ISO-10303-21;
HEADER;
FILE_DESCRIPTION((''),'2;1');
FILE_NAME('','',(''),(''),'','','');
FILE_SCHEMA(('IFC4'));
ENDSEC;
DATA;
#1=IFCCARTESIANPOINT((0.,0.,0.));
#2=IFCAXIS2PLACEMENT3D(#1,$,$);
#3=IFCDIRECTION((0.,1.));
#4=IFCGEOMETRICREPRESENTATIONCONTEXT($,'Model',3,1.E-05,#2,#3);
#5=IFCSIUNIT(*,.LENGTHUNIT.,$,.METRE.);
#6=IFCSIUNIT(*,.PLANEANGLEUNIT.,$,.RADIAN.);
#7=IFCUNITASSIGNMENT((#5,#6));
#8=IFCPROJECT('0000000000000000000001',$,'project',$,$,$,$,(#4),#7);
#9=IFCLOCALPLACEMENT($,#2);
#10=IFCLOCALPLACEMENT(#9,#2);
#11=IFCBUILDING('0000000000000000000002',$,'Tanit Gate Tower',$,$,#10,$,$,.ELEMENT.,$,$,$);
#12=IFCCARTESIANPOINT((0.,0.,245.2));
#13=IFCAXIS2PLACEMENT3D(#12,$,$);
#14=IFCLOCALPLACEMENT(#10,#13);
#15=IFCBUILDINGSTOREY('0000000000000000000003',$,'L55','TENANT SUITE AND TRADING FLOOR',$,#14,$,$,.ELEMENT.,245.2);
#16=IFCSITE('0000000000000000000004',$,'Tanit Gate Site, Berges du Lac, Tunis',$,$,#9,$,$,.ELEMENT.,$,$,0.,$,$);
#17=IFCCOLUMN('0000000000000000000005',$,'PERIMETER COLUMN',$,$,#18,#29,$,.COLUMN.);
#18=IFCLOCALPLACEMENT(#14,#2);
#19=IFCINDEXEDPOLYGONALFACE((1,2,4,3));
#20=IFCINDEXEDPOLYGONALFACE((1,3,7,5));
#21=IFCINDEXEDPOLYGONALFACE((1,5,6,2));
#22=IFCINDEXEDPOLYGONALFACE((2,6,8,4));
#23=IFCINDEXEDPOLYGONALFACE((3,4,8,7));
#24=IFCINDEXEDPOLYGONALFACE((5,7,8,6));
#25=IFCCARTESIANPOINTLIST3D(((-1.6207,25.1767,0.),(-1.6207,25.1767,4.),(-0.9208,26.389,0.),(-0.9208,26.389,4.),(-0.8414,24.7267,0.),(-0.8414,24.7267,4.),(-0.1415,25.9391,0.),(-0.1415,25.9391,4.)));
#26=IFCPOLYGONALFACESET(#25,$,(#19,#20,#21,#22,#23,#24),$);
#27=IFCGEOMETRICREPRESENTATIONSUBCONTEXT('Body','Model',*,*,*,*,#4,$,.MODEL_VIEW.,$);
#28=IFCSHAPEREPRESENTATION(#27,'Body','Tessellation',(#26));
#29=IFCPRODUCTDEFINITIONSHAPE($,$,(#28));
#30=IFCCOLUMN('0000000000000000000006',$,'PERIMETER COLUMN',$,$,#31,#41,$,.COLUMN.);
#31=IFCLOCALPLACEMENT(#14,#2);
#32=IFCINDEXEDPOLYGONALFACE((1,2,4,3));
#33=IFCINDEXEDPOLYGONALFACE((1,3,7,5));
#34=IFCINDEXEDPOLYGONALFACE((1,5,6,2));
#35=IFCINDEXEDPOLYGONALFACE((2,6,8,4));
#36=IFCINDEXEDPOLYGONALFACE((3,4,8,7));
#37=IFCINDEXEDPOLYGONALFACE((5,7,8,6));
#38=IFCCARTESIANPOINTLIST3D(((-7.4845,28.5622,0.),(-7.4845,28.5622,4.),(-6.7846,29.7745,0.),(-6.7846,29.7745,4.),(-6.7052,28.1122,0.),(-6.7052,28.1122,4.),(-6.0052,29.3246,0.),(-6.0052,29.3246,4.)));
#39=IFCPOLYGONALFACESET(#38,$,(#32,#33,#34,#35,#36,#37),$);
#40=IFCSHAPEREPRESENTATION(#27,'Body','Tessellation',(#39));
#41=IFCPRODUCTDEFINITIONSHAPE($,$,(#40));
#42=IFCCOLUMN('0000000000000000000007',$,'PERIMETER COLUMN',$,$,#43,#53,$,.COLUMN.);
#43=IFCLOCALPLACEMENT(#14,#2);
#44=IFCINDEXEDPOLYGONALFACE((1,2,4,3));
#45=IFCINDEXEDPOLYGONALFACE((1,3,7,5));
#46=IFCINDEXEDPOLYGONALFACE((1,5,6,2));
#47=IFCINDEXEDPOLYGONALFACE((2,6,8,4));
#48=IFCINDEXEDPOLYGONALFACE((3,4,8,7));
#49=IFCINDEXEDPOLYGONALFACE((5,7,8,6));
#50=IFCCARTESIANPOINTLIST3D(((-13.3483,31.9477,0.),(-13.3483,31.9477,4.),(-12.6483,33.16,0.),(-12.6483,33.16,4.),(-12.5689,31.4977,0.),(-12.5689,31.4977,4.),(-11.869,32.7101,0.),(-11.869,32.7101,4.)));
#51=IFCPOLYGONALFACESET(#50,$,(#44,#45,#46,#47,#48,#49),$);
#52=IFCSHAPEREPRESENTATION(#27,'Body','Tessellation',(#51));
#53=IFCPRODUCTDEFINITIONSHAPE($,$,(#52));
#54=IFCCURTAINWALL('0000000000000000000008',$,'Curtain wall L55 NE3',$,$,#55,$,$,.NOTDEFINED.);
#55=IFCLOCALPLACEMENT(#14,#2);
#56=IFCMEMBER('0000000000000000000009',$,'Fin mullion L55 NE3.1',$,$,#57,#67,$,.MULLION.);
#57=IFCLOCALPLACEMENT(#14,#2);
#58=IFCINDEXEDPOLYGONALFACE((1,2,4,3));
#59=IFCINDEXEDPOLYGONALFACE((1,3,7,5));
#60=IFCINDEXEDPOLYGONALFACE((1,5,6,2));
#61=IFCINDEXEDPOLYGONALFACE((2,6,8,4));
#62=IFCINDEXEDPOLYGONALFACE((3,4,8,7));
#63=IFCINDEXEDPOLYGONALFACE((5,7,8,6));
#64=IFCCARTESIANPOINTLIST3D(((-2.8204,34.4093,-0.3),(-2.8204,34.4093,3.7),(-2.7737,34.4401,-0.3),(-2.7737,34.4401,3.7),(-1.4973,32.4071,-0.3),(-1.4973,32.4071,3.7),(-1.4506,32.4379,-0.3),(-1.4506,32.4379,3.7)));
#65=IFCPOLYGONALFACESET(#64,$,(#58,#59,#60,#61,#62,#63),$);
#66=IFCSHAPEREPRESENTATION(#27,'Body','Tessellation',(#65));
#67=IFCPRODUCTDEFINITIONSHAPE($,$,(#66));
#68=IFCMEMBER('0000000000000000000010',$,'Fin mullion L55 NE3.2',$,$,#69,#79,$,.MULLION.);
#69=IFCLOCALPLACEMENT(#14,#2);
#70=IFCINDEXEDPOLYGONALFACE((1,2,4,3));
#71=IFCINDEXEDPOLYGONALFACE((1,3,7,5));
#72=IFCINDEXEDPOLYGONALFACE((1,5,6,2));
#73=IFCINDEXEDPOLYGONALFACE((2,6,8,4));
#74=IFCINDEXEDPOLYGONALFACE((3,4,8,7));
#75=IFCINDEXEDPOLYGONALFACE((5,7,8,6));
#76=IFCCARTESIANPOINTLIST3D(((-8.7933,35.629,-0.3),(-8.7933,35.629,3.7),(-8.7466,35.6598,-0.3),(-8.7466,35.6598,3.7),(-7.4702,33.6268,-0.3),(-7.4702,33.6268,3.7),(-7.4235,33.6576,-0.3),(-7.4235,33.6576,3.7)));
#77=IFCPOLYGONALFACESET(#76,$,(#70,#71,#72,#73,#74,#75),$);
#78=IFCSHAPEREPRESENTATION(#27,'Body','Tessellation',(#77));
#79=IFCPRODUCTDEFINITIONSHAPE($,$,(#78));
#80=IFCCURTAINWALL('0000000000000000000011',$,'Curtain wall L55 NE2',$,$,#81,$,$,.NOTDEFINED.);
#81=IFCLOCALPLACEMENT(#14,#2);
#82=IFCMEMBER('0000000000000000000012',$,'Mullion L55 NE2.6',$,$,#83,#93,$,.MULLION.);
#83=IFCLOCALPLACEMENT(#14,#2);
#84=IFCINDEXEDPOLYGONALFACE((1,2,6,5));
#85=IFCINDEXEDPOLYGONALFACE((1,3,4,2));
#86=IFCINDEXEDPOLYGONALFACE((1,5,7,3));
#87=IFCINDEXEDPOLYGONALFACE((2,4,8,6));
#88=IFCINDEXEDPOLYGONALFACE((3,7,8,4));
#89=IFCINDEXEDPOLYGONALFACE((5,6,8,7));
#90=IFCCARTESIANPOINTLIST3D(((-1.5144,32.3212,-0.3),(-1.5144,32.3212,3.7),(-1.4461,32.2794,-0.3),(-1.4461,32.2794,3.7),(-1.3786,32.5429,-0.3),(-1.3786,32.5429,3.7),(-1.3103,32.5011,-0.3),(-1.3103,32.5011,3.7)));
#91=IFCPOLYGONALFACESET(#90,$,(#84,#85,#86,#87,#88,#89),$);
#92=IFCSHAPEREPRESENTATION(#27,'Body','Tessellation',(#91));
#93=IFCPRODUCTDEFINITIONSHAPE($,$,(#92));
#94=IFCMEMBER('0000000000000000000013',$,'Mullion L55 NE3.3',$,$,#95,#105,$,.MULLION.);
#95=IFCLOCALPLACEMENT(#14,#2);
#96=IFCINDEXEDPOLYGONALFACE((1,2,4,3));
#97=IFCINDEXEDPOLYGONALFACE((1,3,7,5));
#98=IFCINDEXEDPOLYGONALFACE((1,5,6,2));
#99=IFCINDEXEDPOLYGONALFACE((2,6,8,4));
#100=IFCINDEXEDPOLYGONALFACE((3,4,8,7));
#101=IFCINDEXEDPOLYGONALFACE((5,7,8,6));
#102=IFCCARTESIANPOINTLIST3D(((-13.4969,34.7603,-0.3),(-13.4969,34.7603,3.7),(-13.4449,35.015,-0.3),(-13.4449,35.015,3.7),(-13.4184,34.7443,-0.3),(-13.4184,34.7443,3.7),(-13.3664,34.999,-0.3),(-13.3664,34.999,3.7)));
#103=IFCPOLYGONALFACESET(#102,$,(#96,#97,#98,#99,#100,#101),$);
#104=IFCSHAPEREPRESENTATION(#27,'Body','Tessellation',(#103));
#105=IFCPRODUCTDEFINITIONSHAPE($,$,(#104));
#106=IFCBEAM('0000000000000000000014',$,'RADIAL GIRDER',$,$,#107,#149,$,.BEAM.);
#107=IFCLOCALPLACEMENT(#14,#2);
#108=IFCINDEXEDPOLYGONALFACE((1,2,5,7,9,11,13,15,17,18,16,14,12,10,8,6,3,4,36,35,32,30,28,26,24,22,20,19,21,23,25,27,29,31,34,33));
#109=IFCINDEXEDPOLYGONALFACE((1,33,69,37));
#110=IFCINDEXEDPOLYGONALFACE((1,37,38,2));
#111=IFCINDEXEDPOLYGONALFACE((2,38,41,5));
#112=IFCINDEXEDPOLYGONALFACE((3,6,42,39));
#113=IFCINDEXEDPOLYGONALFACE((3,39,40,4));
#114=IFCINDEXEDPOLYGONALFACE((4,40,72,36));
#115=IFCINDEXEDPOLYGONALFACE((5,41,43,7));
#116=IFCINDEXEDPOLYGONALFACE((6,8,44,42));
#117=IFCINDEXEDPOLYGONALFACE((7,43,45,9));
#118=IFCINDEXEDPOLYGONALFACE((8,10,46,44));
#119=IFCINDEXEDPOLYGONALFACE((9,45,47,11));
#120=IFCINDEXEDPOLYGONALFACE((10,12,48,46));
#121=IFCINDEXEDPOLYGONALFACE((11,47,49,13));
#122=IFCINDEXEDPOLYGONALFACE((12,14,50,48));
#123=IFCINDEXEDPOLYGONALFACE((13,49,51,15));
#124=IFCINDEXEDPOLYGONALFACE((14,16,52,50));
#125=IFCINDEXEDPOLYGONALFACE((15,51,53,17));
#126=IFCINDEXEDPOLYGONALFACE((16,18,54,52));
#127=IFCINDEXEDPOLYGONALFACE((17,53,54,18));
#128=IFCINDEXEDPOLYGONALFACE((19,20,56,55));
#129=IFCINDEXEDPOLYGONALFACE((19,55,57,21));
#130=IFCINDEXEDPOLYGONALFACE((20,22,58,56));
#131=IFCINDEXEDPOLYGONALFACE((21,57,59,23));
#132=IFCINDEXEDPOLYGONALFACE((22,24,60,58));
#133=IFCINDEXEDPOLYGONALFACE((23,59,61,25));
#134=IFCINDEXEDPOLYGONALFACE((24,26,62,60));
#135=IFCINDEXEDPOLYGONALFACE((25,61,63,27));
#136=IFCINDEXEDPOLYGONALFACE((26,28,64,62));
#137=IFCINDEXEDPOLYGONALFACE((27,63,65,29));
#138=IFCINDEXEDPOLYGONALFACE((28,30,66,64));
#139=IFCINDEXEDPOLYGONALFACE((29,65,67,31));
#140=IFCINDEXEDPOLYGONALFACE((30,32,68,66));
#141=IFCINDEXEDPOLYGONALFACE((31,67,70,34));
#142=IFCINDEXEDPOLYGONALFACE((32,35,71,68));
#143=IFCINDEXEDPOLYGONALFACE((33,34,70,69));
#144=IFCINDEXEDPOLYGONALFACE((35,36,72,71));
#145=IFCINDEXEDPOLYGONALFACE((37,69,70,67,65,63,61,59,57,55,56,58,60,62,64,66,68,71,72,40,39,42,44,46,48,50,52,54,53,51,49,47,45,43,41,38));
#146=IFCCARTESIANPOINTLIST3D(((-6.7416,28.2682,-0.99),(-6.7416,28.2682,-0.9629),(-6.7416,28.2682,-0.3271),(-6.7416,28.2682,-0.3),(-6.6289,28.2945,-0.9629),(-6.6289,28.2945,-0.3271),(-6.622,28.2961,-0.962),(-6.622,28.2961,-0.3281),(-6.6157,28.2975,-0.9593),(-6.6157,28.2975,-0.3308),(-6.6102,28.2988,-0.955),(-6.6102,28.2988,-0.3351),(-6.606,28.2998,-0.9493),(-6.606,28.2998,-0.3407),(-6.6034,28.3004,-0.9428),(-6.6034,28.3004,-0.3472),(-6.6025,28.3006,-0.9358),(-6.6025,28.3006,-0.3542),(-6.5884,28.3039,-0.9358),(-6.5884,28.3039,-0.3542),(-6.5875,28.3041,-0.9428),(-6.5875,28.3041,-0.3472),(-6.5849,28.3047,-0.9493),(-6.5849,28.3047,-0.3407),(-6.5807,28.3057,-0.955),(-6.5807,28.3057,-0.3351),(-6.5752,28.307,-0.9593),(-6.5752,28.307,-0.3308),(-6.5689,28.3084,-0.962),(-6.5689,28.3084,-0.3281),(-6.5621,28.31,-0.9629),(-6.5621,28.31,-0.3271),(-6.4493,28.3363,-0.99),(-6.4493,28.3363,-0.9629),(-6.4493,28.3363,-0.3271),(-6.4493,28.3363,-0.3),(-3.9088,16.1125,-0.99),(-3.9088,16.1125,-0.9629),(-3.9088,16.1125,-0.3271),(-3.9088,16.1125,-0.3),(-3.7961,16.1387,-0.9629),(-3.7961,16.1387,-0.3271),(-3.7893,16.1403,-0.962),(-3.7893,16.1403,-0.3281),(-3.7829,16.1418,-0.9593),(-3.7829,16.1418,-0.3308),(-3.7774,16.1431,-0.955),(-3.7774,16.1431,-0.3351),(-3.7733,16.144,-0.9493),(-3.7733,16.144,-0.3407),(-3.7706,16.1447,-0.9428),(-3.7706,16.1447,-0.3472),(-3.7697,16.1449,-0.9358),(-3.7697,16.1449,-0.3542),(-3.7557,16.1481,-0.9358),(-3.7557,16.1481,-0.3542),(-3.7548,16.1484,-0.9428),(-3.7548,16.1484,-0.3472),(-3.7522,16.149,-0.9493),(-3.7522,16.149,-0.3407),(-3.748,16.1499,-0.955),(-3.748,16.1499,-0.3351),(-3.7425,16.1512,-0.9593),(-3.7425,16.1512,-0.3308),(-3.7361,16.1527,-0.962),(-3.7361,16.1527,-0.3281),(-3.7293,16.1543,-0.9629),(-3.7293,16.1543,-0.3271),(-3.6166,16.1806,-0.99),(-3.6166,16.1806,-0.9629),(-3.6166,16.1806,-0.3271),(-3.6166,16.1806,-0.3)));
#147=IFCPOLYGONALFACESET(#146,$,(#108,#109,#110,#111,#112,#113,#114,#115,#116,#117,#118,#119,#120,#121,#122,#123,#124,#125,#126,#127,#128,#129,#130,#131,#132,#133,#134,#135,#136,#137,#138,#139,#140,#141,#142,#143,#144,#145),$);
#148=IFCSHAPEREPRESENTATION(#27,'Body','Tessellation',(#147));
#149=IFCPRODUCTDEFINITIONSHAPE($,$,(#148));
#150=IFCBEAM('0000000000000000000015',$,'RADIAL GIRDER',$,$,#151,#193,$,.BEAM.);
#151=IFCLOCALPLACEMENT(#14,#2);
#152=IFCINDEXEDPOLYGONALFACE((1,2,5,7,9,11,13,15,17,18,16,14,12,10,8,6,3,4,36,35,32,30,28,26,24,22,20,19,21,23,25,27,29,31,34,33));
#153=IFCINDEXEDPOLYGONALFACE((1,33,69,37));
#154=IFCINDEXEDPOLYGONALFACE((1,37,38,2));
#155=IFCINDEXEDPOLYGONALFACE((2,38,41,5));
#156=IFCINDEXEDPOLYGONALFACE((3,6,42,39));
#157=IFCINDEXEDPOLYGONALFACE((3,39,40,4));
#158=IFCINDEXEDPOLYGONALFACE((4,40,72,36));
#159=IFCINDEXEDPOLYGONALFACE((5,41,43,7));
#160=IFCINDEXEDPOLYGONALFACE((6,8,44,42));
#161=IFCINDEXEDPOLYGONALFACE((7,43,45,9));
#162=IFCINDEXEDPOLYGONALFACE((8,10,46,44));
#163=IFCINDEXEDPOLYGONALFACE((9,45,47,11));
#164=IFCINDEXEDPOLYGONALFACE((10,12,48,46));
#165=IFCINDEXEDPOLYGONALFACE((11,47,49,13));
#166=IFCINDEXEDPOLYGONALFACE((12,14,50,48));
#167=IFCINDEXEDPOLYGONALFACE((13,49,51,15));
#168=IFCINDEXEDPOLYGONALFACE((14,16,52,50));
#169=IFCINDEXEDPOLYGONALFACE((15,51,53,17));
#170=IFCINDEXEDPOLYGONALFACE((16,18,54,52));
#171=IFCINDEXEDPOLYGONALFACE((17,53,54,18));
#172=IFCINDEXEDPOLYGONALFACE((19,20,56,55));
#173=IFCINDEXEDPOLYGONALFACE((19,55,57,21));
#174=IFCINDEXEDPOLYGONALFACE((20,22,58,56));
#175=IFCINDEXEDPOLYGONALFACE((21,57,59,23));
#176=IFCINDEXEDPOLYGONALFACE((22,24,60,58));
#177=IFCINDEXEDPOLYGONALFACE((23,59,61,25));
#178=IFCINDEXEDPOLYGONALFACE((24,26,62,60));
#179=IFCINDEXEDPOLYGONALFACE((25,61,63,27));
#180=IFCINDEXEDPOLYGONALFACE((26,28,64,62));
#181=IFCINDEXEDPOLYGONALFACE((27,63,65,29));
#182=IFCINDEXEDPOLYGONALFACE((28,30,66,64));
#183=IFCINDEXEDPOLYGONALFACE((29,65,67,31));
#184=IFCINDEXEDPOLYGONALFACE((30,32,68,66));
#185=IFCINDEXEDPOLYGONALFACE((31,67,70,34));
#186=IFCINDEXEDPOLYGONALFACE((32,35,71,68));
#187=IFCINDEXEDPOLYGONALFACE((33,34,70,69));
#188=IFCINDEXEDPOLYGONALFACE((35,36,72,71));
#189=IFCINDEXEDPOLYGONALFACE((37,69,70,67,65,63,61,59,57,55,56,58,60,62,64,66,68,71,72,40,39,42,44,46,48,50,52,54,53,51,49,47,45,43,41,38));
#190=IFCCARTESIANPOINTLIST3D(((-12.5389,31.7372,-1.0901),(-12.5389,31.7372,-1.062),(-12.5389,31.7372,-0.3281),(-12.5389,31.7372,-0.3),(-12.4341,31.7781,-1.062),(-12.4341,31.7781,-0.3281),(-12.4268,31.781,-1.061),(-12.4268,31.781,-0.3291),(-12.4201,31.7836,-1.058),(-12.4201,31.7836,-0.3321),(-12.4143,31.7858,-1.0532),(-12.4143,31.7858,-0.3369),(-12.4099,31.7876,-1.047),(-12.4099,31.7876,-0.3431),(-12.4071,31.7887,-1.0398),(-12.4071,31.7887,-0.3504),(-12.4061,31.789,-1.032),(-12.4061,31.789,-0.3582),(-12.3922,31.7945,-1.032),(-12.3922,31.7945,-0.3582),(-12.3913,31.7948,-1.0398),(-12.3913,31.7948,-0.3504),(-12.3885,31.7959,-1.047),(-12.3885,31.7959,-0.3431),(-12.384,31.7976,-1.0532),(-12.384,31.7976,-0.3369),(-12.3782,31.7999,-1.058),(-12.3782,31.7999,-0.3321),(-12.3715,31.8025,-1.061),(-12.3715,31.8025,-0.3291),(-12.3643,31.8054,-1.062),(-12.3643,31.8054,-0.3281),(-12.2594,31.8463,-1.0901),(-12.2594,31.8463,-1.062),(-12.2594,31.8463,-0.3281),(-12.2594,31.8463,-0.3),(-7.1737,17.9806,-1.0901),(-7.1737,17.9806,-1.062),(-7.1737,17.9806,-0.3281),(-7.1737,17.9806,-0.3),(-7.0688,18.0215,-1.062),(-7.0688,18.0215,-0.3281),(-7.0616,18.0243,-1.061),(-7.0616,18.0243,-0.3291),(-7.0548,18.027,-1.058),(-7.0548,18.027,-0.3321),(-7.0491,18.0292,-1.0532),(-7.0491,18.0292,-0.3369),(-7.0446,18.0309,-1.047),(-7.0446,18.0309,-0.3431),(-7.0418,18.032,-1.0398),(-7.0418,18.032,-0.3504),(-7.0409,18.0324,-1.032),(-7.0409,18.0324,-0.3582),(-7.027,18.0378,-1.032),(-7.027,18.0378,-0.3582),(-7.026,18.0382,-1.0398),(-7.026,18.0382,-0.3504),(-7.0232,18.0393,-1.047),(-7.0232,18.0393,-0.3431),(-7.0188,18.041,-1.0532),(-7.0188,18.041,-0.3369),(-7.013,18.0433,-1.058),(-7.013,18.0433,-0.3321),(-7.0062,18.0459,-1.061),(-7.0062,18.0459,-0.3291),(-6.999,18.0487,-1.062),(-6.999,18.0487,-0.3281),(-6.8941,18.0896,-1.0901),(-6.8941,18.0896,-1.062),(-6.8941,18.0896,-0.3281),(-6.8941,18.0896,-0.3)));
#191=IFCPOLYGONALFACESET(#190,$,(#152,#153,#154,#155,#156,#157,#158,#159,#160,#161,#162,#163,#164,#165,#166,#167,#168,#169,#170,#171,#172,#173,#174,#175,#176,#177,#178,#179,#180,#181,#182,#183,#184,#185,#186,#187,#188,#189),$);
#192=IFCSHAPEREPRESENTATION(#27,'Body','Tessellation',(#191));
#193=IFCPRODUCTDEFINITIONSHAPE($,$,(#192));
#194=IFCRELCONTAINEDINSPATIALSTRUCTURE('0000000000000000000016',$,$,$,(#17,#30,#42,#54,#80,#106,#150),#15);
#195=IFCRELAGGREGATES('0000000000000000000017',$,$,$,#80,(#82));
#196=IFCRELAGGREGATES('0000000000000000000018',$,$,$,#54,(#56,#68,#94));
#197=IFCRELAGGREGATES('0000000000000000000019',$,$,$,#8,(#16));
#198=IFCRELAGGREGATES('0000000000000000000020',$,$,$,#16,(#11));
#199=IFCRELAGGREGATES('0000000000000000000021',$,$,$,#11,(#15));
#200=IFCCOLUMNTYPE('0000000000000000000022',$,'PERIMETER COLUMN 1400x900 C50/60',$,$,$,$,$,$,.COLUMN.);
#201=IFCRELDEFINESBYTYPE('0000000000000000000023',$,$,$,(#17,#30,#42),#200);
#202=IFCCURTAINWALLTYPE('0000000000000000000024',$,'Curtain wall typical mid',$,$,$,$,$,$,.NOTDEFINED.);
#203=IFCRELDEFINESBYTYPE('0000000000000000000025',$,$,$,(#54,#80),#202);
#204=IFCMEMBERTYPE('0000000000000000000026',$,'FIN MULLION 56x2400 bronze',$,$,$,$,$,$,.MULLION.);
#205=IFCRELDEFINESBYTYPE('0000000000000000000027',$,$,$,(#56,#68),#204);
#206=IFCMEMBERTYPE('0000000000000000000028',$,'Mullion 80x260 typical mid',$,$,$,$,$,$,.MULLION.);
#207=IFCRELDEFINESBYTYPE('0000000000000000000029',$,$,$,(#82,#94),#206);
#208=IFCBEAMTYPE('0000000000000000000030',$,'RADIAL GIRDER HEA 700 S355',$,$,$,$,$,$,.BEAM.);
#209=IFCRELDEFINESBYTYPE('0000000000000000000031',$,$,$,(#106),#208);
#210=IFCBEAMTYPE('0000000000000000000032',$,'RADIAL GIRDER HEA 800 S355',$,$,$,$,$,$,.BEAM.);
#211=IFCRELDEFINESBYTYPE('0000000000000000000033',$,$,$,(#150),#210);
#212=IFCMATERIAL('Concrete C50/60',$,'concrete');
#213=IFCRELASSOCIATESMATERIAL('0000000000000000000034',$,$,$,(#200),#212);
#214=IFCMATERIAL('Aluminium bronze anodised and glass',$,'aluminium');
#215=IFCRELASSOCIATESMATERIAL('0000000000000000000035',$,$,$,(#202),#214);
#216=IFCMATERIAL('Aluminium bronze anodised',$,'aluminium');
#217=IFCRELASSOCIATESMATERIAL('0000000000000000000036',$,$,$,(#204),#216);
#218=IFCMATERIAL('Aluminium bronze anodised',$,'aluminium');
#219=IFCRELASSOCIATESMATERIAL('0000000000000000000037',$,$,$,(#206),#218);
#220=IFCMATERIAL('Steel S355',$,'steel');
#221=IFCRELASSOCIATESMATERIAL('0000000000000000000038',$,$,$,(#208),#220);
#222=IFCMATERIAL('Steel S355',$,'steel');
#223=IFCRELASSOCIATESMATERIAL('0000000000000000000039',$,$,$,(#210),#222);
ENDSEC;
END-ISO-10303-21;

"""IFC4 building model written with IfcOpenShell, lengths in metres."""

from ifc_helpers import new_model, si_unit, direction, frame, origin, origin_2d, place, context, subcontext, project, spatial, rectangle, i_section, extrude, material, material_profile, profile_set, type_object, element, aggregate, save


model = new_model("IFC4")

# Units and contexts
model_context = context("Model", 3, precision=1e-05, world=origin(), true_north=direction((0.0, 1.0)))
body_context = subcontext(model_context, "Body", "Model", "MODEL_VIEW")
ifc_project = project(units=[si_unit("LENGTHUNIT", "METRE"), si_unit("PLANEANGLEUNIT", "RADIAN")], contexts=[model_context])

# Site, building, storey
site_placement = place(None, origin())
site = spatial("IfcSite", under=ifc_project, at=site_placement, Name="Tanit Gate Site, Berges du Lac, Tunis", CompositionType="ELEMENT", RefElevation=0.0)
building_placement = place(site_placement, origin())
building = spatial("IfcBuilding", under=site, at=building_placement, Name="Tanit Gate Tower", CompositionType="ELEMENT")
storey_placement = place(building_placement, frame((0.0, 0.0, 245.2)))
storey = spatial("IfcBuildingStorey", under=building, at=storey_placement, Name="L55", Description="TENANT SUITE AND TRADING FLOOR", CompositionType="ELEMENT", Elevation=245.2)

# Columns
ifc_material_1 = material(Name="Concrete C50/60", Category="concrete")
ifc_material_profile_1 = material_profile(ifc_material_1, rectangle(XDim=1.3999, YDim=0.8999, at=origin_2d()), Name="RC 1400x900")
ifc_profile_set_1 = profile_set([ifc_material_profile_1], Name="Concrete C50/60")
column_type = type_object("IfcColumnType", Name="PERIMETER COLUMN 1400x900 C50/60", PredefinedType="COLUMN", material=ifc_profile_set_1)
for number, where, z_axis, x_axis, name in (
    (1, (-0.8811, 25.5579, 0.0), (0.0, 0.0, 1.0), (0.5, 0.866025, 0.0), "PERIMETER COLUMN"),
    (2, (-6.7449, 28.9434, 0.0), (0.0, 0.0, 1.0), (0.5, 0.866025, 0.0), "PERIMETER COLUMN"),
    (3, (-12.6086, 32.3289, 0.0), (0.0, 0.0, 1.0), (0.5, 0.866025, 0.0), "PERIMETER COLUMN"),
):
    element("IfcColumn", number, at=place(storey_placement, frame(where, z_axis=z_axis, x_axis=x_axis)), inside=storey, type_object=column_type, Name=name, PredefinedType="COLUMN", context=body_context, shape_type="SweptSolid", body=[
        extrude(rectangle(XDim=1.3999, YDim=0.8999, at=origin_2d()), origin(), (0.0, 0.0, 1.0), 4.0),
    ])

# Curtain wall, members
ifc_material_2 = material(Name="Aluminium bronze anodised and glass", Category="aluminium")
curtain_wall_type = type_object("IfcCurtainWallType", Name="Curtain wall typical mid", PredefinedType="NOTDEFINED", material=ifc_material_2)
curtain_wall_1_placement = place(storey_placement, origin())
curtain_wall_1 = element("IfcCurtainWall", 4, at=curtain_wall_1_placement, inside=storey, type_object=curtain_wall_type, Name="Curtain wall L55 NE3", PredefinedType="NOTDEFINED")
ifc_material_3 = material(Name="Aluminium bronze anodised", Category="aluminium")
ifc_material_profile_2 = material_profile(ifc_material_3, rectangle(XDim=2.3999, YDim=0.0559, at=origin_2d()), Name="56x2400 bronze fin mullion")
ifc_profile_set_2 = profile_set([ifc_material_profile_2], Name="Aluminium bronze anodised")
member_type_1 = type_object("IfcMemberType", Name="FIN MULLION 56x2400 bronze", PredefinedType="MULLION", material=ifc_profile_set_2)
member_1_placement = place(storey_placement, frame((-2.1355, 33.4236, -0.3), z_axis=(0.0, 0.0, 1.0), x_axis=(0.551315, -0.834297, 0.0)))
member_1 = element("IfcMember", 5, at=member_1_placement, type_object=member_type_1, Name="Fin mullion L55 NE3.1", PredefinedType="MULLION", context=body_context, shape_type="SweptSolid", body=[
    extrude(rectangle(XDim=2.3999, YDim=0.0559, at=origin_2d()), origin(), (0.0, 0.0, 1.0), 4.0),
])
member_2_placement = place(storey_placement, frame((-8.1084, 34.6433, -0.3), z_axis=(0.0, 0.0, 1.0), x_axis=(0.551315, -0.834297, 0.0)))
member_2 = element("IfcMember", 6, at=member_2_placement, type_object=member_type_1, Name="Fin mullion L55 NE3.2", PredefinedType="MULLION", context=body_context, shape_type="SweptSolid", body=[
    extrude(rectangle(XDim=2.3999, YDim=0.0559, at=origin_2d()), origin(), (0.0, 0.0, 1.0), 4.0),
])

# Curtain wall, member
curtain_wall_2_placement = place(storey_placement, origin())
curtain_wall_2 = element("IfcCurtainWall", 7, at=curtain_wall_2_placement, inside=storey, type_object=curtain_wall_type, Name="Curtain wall L55 NE2", PredefinedType="NOTDEFINED")
ifc_material_4 = material(Name="Aluminium bronze anodised", Category="aluminium")
ifc_material_profile_3 = material_profile(ifc_material_4, rectangle(XDim=0.26, YDim=0.0801, at=origin_2d()), Name="80x260 bronze mullion")
ifc_profile_set_3 = profile_set([ifc_material_profile_3], Name="Aluminium bronze anodised")
member_type_2 = type_object("IfcMemberType", Name="Mullion 80x260 typical mid", PredefinedType="MULLION", material=ifc_profile_set_3)
member_3_placement = place(storey_placement, frame((-1.4124, 32.4111, -0.3), z_axis=(0.0, 0.0, 1.0), x_axis=(-0.522283, -0.852772, 0.0)))
member_3 = element("IfcMember", 8, at=member_3_placement, type_object=member_type_2, Name="Mullion L55 NE2.6", PredefinedType="MULLION", context=body_context, shape_type="SweptSolid", body=[
    extrude(rectangle(XDim=0.26, YDim=0.0801, at=origin_2d()), origin(), (0.0, 0.0, 1.0), 4.0),
])
aggregate(curtain_wall_2, [member_3])

# Member
member_4_placement = place(storey_placement, frame((-13.4316, 34.8796, -0.3), z_axis=(0.0, 0.0, 1.0), x_axis=(-0.200098, -0.979776, 0.0)))
member_4 = element("IfcMember", 9, at=member_4_placement, type_object=member_type_2, Name="Mullion L55 NE3.3", PredefinedType="MULLION", context=body_context, shape_type="SweptSolid", body=[
    extrude(rectangle(XDim=0.26, YDim=0.0801, at=origin_2d()), origin(), (0.0, 0.0, 1.0), 4.0),
])

# Beams
ifc_material_5 = material(Name="Steel S355", Category="steel")
ifc_material_profile_4 = material_profile(ifc_material_5, i_section(OverallWidth=0.3, OverallDepth=0.6899, WebThickness=0.0144, FlangeThickness=0.0271, FilletRadius=0.0271, at=origin_2d()), Name="HEA 700")
ifc_profile_set_4 = profile_set([ifc_material_profile_4], Name="Steel S355")
beam_type_1 = type_object("IfcBeamType", Name="RADIAL GIRDER HEA 700 S355", PredefinedType="BEAM", material=ifc_profile_set_4)
beam_1_placement = place(storey_placement, frame((-6.5955, 28.3022, -0.645), z_axis=(0.226958, -0.973905, 0.0), x_axis=(0.973905, 0.226958, 0.0)))
element("IfcBeam", 10, at=beam_1_placement, inside=storey, type_object=beam_type_1, Name="RADIAL GIRDER", PredefinedType="BEAM", context=body_context, shape_type="SweptSolid", body=[
    extrude(i_section(OverallWidth=0.3, OverallDepth=0.6899, WebThickness=0.0144, FlangeThickness=0.0271, FilletRadius=0.0271, at=origin_2d()), origin(), (0.0, 0.0, 1.0), 12.4814),
])
ifc_material_6 = material(Name="Steel S355", Category="steel")
ifc_material_profile_5 = material_profile(ifc_material_6, i_section(OverallWidth=0.3, OverallDepth=0.79, WebThickness=0.0149, FlangeThickness=0.0281, FilletRadius=0.03, at=origin_2d()), Name="HEA 800")
ifc_profile_set_5 = profile_set([ifc_material_profile_5], Name="Steel S355")
beam_type_2 = type_object("IfcBeamType", Name="RADIAL GIRDER HEA 800 S355", PredefinedType="BEAM", material=ifc_profile_set_5)
beam_2_placement = place(storey_placement, frame((-12.3992, 31.7917, -0.6951), z_axis=(0.363355, -0.931651, 0.0), x_axis=(0.931651, 0.363355, 0.0)))
element("IfcBeam", 11, at=beam_2_placement, inside=storey, type_object=beam_type_2, Name="RADIAL GIRDER", PredefinedType="BEAM", context=body_context, shape_type="SweptSolid", body=[
    extrude(i_section(OverallWidth=0.3, OverallDepth=0.79, WebThickness=0.0149, FlangeThickness=0.0281, FilletRadius=0.03, at=origin_2d()), origin(), (0.0, 0.0, 1.0), 14.7659),
])

aggregate(curtain_wall_1, [member_1, member_2, member_4])

save(model, "model.ifc")
